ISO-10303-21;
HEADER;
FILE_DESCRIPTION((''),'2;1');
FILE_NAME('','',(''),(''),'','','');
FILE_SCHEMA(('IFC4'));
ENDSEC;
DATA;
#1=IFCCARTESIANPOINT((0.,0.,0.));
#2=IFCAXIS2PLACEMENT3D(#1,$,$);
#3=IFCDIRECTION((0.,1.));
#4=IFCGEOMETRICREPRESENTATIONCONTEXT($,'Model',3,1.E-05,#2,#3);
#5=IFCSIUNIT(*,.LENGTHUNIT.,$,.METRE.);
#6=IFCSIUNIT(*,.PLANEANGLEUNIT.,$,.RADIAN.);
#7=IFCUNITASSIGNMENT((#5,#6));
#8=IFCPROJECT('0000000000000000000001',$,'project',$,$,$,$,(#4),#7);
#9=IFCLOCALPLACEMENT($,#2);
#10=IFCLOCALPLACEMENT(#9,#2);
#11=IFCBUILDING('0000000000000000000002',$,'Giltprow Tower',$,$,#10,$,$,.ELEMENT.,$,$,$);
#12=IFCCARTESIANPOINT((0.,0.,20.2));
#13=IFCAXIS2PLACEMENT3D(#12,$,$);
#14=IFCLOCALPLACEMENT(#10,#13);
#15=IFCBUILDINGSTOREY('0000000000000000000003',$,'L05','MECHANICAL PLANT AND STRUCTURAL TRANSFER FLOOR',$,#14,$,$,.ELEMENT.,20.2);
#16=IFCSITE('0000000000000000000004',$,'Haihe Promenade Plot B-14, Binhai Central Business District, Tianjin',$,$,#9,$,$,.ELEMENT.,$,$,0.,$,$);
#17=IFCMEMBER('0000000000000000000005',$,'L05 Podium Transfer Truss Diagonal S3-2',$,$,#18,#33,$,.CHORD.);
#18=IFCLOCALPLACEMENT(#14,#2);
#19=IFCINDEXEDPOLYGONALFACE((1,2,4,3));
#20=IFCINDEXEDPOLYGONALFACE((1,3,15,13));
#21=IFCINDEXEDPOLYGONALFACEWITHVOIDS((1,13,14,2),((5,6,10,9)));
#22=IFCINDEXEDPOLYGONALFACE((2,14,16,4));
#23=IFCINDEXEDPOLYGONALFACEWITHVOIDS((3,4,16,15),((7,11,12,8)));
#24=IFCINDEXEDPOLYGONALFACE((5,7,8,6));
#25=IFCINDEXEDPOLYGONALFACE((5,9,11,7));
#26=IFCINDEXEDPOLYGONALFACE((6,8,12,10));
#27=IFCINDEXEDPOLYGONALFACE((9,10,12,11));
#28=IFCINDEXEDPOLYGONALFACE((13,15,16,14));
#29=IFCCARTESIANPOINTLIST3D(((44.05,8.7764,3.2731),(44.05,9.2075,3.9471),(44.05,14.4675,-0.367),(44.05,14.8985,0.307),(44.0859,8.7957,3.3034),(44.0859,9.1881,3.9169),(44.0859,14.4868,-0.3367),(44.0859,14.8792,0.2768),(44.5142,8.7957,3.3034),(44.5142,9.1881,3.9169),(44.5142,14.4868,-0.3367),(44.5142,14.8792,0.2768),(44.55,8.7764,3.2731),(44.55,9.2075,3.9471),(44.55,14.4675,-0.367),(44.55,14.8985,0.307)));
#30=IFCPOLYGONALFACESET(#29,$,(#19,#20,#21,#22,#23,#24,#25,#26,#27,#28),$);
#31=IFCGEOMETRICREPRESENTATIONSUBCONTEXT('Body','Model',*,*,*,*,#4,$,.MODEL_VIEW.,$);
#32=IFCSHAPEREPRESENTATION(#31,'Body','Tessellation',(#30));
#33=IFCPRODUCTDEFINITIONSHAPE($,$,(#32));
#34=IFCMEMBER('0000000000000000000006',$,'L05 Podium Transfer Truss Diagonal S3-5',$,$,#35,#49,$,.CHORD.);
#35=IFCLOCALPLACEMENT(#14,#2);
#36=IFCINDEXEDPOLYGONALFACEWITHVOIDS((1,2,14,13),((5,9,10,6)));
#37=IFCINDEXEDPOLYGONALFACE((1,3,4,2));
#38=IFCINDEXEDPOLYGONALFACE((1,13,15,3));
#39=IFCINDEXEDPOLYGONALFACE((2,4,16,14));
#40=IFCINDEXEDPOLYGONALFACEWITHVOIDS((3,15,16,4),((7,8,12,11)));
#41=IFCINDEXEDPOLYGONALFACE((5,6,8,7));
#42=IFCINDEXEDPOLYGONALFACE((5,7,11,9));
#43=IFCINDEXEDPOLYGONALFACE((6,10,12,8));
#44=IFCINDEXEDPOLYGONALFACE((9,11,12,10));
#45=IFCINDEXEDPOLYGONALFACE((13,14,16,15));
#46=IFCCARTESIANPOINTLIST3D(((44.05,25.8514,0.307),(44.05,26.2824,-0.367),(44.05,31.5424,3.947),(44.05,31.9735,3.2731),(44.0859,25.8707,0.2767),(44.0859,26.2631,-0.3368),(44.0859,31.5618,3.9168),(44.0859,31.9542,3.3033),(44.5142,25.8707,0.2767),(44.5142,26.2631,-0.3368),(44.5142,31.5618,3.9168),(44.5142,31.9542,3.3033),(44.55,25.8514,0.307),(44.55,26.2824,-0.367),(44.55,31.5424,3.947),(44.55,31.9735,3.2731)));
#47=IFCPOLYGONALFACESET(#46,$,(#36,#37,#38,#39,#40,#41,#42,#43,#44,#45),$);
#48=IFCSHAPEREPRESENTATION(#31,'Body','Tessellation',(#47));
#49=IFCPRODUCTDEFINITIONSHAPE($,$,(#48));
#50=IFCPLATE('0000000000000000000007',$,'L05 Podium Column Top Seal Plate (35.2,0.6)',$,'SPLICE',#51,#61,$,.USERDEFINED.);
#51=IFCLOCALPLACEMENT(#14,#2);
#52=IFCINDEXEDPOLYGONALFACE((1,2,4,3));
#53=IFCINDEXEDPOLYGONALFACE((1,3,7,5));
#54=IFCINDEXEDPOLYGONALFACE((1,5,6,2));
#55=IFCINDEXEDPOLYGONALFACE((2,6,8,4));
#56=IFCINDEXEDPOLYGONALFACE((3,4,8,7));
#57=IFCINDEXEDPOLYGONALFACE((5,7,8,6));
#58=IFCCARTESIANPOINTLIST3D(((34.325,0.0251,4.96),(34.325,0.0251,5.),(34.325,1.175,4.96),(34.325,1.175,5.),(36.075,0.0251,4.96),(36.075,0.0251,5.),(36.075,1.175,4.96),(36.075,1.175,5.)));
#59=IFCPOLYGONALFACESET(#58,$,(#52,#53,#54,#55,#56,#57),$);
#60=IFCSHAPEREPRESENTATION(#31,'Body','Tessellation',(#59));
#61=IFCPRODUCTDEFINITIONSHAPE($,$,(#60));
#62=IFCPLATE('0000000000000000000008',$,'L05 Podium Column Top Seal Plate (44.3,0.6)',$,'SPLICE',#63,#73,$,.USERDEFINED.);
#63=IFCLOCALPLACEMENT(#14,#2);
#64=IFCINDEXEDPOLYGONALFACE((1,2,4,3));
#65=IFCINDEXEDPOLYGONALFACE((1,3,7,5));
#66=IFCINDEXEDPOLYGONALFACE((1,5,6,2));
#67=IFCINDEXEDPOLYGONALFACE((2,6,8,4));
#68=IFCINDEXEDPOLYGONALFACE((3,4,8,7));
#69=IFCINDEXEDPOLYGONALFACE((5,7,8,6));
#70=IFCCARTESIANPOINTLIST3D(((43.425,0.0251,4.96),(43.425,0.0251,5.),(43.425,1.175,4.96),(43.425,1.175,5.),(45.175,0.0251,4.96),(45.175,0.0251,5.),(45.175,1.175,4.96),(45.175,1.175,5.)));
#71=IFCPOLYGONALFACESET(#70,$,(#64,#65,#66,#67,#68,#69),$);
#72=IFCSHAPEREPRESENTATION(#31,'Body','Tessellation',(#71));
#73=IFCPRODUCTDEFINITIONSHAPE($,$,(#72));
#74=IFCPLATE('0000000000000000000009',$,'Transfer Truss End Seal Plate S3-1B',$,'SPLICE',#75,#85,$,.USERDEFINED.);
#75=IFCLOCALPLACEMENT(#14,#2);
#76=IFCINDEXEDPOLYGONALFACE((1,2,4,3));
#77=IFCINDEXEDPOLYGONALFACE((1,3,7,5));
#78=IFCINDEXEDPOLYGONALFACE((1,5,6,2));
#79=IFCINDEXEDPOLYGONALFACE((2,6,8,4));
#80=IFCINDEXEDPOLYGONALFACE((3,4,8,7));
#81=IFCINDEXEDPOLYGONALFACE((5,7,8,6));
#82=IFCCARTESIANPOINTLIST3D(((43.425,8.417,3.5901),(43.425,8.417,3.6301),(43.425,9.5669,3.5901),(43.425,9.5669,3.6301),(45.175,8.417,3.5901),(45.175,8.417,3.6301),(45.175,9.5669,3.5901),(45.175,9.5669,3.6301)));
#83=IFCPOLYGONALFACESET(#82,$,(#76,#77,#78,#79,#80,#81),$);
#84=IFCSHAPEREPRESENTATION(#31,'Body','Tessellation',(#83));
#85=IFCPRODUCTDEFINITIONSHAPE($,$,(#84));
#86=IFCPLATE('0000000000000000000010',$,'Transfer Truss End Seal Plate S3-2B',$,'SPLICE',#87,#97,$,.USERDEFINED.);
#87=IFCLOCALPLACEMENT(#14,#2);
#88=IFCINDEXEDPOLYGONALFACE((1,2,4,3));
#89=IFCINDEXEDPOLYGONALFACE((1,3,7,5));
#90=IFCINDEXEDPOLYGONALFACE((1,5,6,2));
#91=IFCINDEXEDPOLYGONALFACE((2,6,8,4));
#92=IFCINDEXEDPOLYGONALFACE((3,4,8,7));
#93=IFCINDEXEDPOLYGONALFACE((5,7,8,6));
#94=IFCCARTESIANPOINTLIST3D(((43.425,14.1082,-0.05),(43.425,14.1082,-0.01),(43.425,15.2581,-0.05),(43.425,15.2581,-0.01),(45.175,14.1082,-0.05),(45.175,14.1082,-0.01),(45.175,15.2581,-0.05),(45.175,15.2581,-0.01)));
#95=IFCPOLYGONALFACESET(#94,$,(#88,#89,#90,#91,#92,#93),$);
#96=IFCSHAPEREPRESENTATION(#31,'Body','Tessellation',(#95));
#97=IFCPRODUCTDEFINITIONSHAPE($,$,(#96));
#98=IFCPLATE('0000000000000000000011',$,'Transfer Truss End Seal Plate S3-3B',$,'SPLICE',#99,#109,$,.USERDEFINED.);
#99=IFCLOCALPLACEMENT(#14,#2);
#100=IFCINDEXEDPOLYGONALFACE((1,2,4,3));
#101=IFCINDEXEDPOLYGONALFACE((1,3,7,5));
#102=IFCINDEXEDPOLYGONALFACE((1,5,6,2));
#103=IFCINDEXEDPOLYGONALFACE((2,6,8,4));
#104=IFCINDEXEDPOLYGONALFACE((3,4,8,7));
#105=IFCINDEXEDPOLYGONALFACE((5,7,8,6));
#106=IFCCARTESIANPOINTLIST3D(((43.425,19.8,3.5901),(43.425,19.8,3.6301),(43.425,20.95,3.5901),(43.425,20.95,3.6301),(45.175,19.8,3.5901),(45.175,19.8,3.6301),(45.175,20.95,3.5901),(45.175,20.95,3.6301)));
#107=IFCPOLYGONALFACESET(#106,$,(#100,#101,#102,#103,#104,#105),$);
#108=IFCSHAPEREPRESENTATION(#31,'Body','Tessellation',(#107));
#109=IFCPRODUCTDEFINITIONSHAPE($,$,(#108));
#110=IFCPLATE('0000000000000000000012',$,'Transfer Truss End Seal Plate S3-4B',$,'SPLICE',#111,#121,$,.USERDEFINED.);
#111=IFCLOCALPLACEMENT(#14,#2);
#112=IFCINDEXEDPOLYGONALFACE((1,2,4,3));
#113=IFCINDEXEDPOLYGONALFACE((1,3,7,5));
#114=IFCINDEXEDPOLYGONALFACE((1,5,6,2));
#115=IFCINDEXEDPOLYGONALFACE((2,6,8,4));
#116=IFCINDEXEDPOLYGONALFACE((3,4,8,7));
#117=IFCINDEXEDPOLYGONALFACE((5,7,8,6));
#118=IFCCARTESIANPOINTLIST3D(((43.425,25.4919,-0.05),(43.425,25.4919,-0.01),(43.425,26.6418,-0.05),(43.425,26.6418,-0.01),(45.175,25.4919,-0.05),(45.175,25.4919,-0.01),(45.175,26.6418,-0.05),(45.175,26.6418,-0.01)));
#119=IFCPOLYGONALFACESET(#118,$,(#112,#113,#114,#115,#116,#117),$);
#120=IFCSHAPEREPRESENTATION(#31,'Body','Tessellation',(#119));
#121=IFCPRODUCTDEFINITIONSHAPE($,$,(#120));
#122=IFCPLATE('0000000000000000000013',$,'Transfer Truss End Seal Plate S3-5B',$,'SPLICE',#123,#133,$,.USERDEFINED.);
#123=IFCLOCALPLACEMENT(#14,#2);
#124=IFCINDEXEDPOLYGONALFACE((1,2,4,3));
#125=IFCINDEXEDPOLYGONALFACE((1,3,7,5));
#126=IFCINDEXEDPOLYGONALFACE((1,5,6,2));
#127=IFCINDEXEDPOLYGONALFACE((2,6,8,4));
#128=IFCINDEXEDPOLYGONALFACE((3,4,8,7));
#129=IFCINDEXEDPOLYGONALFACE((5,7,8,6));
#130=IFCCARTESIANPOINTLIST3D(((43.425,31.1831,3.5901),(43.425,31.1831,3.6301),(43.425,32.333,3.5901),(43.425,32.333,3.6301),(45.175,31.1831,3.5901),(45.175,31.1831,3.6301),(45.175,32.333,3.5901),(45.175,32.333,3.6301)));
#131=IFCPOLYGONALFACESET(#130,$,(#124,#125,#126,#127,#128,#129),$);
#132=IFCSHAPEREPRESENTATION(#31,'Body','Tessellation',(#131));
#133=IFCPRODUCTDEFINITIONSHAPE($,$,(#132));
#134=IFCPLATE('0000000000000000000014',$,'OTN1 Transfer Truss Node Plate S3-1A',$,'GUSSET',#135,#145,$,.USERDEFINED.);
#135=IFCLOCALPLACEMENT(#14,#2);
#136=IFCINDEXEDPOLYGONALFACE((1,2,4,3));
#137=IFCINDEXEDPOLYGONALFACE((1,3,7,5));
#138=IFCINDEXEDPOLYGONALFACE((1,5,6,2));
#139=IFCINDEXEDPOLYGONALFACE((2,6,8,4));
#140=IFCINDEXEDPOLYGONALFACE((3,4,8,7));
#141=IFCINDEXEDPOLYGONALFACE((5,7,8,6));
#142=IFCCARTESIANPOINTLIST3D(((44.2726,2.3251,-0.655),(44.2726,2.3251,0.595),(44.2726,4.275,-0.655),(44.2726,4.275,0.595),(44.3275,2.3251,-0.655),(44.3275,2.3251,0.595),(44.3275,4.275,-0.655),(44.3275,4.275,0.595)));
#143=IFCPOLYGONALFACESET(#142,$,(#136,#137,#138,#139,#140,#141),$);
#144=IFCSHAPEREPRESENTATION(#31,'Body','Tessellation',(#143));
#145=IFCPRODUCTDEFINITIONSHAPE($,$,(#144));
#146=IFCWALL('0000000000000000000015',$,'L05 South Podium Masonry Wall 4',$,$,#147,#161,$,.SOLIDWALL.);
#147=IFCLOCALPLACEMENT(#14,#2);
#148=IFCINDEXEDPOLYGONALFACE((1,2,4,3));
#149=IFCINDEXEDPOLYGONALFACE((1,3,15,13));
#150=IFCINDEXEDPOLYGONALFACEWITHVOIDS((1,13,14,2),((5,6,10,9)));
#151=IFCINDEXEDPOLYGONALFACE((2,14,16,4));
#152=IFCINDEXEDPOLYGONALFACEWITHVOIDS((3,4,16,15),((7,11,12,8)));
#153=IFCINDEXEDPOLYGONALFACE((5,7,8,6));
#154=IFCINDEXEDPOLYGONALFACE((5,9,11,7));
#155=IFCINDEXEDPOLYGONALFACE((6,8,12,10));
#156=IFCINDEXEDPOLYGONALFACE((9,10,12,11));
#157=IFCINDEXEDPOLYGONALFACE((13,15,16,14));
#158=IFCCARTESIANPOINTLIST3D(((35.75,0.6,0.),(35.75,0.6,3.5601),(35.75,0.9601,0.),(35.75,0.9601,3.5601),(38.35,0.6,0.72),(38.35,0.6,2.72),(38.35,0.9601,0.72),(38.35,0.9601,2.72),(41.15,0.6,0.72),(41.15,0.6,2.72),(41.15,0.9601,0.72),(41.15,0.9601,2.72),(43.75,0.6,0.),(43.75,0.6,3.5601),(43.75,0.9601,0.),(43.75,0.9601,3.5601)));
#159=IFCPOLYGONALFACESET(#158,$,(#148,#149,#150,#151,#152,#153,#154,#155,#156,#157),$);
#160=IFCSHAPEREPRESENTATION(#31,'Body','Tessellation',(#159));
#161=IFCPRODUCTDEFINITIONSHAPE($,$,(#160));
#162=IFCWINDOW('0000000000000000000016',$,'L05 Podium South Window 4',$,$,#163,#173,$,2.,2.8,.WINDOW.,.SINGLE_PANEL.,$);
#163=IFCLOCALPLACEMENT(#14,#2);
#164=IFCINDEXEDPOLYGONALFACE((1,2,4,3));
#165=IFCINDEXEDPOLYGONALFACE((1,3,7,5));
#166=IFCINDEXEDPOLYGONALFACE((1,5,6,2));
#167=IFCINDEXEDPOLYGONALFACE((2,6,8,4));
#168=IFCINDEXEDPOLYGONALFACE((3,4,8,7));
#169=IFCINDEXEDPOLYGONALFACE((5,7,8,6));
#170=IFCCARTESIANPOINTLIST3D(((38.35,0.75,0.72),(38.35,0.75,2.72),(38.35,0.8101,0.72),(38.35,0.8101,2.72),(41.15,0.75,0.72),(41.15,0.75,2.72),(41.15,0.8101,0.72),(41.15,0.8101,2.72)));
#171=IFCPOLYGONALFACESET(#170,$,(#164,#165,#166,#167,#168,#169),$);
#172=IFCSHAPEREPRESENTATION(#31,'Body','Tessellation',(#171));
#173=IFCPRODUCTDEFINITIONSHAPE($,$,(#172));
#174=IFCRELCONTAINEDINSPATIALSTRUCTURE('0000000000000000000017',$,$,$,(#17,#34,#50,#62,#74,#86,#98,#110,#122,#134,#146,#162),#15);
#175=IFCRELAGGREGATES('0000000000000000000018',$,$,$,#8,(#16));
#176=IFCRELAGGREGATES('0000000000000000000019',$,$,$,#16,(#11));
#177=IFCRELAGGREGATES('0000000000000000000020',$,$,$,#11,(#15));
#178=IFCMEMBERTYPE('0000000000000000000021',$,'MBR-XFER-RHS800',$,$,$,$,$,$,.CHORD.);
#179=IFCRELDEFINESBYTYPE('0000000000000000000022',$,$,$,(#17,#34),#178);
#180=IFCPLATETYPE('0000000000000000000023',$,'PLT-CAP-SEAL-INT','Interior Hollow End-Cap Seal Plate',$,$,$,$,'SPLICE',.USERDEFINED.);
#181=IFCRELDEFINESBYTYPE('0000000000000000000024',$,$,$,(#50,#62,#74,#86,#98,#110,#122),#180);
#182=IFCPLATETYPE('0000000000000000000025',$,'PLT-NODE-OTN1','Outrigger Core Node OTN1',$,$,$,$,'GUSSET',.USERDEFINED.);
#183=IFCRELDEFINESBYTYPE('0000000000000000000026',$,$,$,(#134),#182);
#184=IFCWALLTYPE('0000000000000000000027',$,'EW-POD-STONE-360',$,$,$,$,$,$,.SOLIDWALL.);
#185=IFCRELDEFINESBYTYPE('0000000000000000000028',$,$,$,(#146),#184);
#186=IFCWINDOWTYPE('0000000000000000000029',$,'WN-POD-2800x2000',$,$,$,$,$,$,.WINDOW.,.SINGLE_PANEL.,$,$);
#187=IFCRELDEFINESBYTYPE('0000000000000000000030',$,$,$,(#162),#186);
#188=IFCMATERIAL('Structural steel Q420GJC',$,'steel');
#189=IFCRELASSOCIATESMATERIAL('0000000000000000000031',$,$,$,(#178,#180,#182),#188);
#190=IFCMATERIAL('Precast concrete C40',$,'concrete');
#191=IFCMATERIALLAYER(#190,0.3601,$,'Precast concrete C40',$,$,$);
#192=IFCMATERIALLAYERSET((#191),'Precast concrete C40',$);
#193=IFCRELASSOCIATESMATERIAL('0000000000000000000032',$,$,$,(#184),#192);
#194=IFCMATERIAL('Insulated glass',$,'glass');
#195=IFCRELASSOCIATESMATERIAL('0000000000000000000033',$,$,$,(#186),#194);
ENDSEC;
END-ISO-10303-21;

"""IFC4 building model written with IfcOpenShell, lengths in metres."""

from ifc_helpers import new_model, si_unit, direction, frame, frame_2d, origin, origin_2d, place, context, subcontext, project, spatial, rectangle, hollow_rectangle, extrude, source, transform, mapped, material, layer, layer_set, material_profile, profile_set, type_object, element, fill, save


model = new_model("IFC4")

# Units and contexts
model_context = context("Model", 3, precision=1e-05, world=origin(), true_north=direction((0.0, 1.0)))
body_context = subcontext(model_context, "Body", "Model", "MODEL_VIEW")
ifc_project = project(units=[si_unit("LENGTHUNIT", "METRE"), si_unit("PLANEANGLEUNIT", "RADIAN")], contexts=[model_context])

# Site, building, storey
site_placement = place(None, origin())
site = spatial("IfcSite", under=ifc_project, at=site_placement, Name="Haihe Promenade Plot B-14, Binhai Central Business District, Tianjin", CompositionType="ELEMENT", RefElevation=0.0)
building_placement = place(site_placement, origin())
building = spatial("IfcBuilding", under=site, at=building_placement, Name="Giltprow Tower", CompositionType="ELEMENT")
storey_placement = place(building_placement, frame((0.0, 0.0, 20.2)))
storey = spatial("IfcBuildingStorey", under=building, at=storey_placement, Name="L05", Description="MECHANICAL PLANT AND STRUCTURAL TRANSFER FLOOR", CompositionType="ELEMENT", Elevation=20.2)

# Shared definitions
ifc_material_1 = material(Name="Structural steel Q420GJC", Category="steel")

# Members
ifc_material_profile_1 = material_profile(ifc_material_1, hollow_rectangle(XDim=0.5, YDim=0.8, WallThickness=0.0359, at=origin_2d()), Name="RHS 800x500x36")
ifc_profile_set_1 = profile_set([ifc_material_profile_1], Name="Structural steel Q420GJC")
member_type = type_object("IfcMemberType", Name="MBR-XFER-RHS800", PredefinedType="CHORD", material=ifc_profile_set_1)
shared_shape_1 = source(origin(), body_context, "Body", "SweptSolid", [
    extrude(hollow_rectangle(XDim=0.5, YDim=0.8, WallThickness=0.0359, at=origin_2d()), origin(), (0.0, 0.0, 1.0), 6.7556),
])
for number, where, z_axis, x_axis, name in (
    (1, (44.3, 8.9919, 3.6101), (0.0, 0.84242, -0.538822), (-1.0, 0.0, 0.0), "L05 Podium Transfer Truss Diagonal S3-2"),
    (2, (44.3, 26.0669, -0.03), (0.0, 0.84242, 0.538822), (-1.0, 0.0, 0.0), "L05 Podium Transfer Truss Diagonal S3-5"),
):
    element("IfcMember", number, at=place(storey_placement, frame(where, z_axis=z_axis, x_axis=x_axis)), inside=storey, type_object=member_type, Name=name, PredefinedType="CHORD", context=body_context, shape_type="MappedRepresentation", body=[
        mapped(shared_shape_1, transform((0.0, 0.0, 0.0), x_axis=(1.0, 0.0, 0.0), y_axis=(0.0, 1.0, 0.0), z_axis=(0.0, 0.0, 1.0), scale=1.0)),
    ])

# Plates
plate_type_1 = type_object("IfcPlateType", Name="PLT-CAP-SEAL-INT", Description="Interior Hollow End-Cap Seal Plate", ElementType="SPLICE", PredefinedType="USERDEFINED", material=ifc_material_1)
shared_shape_2 = source(origin(), body_context, "Body", "SweptSolid", [
    extrude(rectangle(XDim=1.75, YDim=1.1499, at=origin_2d()), origin(), (0.0, 0.0, 1.0), 0.04),
])
for number, where, z_axis, x_axis, name in (
    (3, (35.2, 0.6001, 4.96), (0.0, 0.0, 1.0), (1.0, 0.0, 0.0), "L05 Podium Column Top Seal Plate (35.2,0.6)"),
    (4, (44.3, 0.6001, 4.96), (0.0, 0.0, 1.0), (1.0, 0.0, 0.0), "L05 Podium Column Top Seal Plate (44.3,0.6)"),
    (5, (44.3, 8.9919, 3.5901), (0.0, 0.0, 1.0), (1.0, 0.0, 0.0), "Transfer Truss End Seal Plate S3-1B"),
    (6, (44.3, 14.6831, -0.05), (0.0, 0.0, 1.0), (1.0, 0.0, 0.0), "Transfer Truss End Seal Plate S3-2B"),
    (7, (44.3, 20.375, 3.5901), (0.0, 0.0, 1.0), (1.0, 0.0, 0.0), "Transfer Truss End Seal Plate S3-3B"),
    (8, (44.3, 26.0669, -0.05), (0.0, 0.0, 1.0), (1.0, 0.0, 0.0), "Transfer Truss End Seal Plate S3-4B"),
    (9, (44.3, 31.7581, 3.5901), (0.0, 0.0, 1.0), (1.0, 0.0, 0.0), "Transfer Truss End Seal Plate S3-5B"),
):
    element("IfcPlate", number, at=place(storey_placement, frame(where, z_axis=z_axis, x_axis=x_axis)), inside=storey, type_object=plate_type_1, Name=name, ObjectType="SPLICE", PredefinedType="USERDEFINED", context=body_context, shape_type="MappedRepresentation", body=[
        mapped(shared_shape_2, transform((0.0, 0.0, 0.0), x_axis=(1.0, 0.0, 0.0), y_axis=(0.0, 1.0, 0.0), z_axis=(0.0, 0.0, 1.0), scale=1.0)),
    ])
plate_type_2 = type_object("IfcPlateType", Name="PLT-NODE-OTN1", Description="Outrigger Core Node OTN1", ElementType="GUSSET", PredefinedType="USERDEFINED", material=ifc_material_1)
shared_shape_3 = source(origin(), body_context, "Body", "SweptSolid", [
    extrude(rectangle(XDim=1.95, YDim=0.0549, at=origin_2d()), origin(), (0.0, 0.0, 1.0), 1.25),
])
plate_placement = place(storey_placement, frame((44.3, 3.3, -0.655), z_axis=(0.0, 0.0, 1.0), x_axis=(0.0, 1.0, 0.0)))
element("IfcPlate", 10, at=plate_placement, inside=storey, type_object=plate_type_2, Name="OTN1 Transfer Truss Node Plate S3-1A", ObjectType="GUSSET", PredefinedType="USERDEFINED", context=body_context, shape_type="MappedRepresentation", body=[
    mapped(shared_shape_3, transform((0.0, 0.0, 0.0), x_axis=(1.0, 0.0, 0.0), y_axis=(0.0, 1.0, 0.0), z_axis=(0.0, 0.0, 1.0), scale=1.0)),
])

# Wall, opening, window
ifc_material_2 = material(Name="Precast concrete C40", Category="concrete")
ifc_layer_1 = layer(ifc_material_2, 0.3601, Name="Precast concrete C40")
ifc_layer_set_1 = layer_set([ifc_layer_1], Name="Precast concrete C40")
wall_type_1 = type_object("IfcWallType", Name="EW-POD-STONE-360", PredefinedType="SOLIDWALL", material=ifc_layer_set_1)
wall_1_placement = place(storey_placement, frame((35.75, 0.78, 0.0), z_axis=(0.0, 0.0, 1.0), x_axis=(1.0, 0.0, 0.0)))
wall_1 = element("IfcWall", 11, at=wall_1_placement, inside=storey, type_object=wall_type_1, Name="L05 South Podium Masonry Wall 4", PredefinedType="SOLIDWALL", context=body_context, shape_type="SweptSolid", body=[
    extrude(rectangle(XDim=8.0, YDim=0.3601, at=frame_2d((4.0, 0.0))), origin(), (0.0, 0.0, 1.0), 3.5601),
])
opening_1_placement = place(wall_1_placement, frame((2.6001, 0.0, 0.72)))
opening_1 = element("IfcOpeningElement", 12, at=opening_1_placement, cuts=wall_1, PredefinedType="OPENING", context=body_context, shape_type="SweptSolid", body=[
    extrude(rectangle(XDim=2.8, YDim=2.0, at=frame_2d((1.3999, 1.0))), frame((0.0, 0.1899, 0.0), z_axis=(0.0, -1.0, 0.0), x_axis=(1.0, 0.0, 0.0)), (0.0, 0.0, 1.0), 0.3801),
])
ifc_material_3 = material(Name="Insulated glass", Category="glass")
window_type = type_object("IfcWindowType", Name="WN-POD-2800x2000", PartitioningType="SINGLE_PANEL", PredefinedType="WINDOW", material=ifc_material_3)
shared_shape_4 = source(origin(), body_context, "Body", "SweptSolid", [
    extrude(rectangle(XDim=2.8, YDim=2.0, at=frame_2d((1.3999, 1.0))), frame((0.0, 0.03, 0.0), z_axis=(0.0, -1.0, 0.0), x_axis=(1.0, 0.0, 0.0)), (0.0, 0.0, 1.0), 0.0601),
])
window_1_placement = place(opening_1_placement, origin())
window_1 = element("IfcWindow", 13, at=window_1_placement, inside=storey, type_object=window_type, Name="L05 Podium South Window 4", OverallHeight=2.0, OverallWidth=2.8, PartitioningType="SINGLE_PANEL", PredefinedType="WINDOW", context=body_context, shape_type="MappedRepresentation", body=[
    mapped(shared_shape_4, transform((0.0, 0.0, 0.0), x_axis=(1.0, 0.0, 0.0), y_axis=(0.0, 1.0, 0.0), z_axis=(0.0, 0.0, 1.0), scale=1.0)),
])
fill(opening_1, window_1)

save(model, "model.ifc")
